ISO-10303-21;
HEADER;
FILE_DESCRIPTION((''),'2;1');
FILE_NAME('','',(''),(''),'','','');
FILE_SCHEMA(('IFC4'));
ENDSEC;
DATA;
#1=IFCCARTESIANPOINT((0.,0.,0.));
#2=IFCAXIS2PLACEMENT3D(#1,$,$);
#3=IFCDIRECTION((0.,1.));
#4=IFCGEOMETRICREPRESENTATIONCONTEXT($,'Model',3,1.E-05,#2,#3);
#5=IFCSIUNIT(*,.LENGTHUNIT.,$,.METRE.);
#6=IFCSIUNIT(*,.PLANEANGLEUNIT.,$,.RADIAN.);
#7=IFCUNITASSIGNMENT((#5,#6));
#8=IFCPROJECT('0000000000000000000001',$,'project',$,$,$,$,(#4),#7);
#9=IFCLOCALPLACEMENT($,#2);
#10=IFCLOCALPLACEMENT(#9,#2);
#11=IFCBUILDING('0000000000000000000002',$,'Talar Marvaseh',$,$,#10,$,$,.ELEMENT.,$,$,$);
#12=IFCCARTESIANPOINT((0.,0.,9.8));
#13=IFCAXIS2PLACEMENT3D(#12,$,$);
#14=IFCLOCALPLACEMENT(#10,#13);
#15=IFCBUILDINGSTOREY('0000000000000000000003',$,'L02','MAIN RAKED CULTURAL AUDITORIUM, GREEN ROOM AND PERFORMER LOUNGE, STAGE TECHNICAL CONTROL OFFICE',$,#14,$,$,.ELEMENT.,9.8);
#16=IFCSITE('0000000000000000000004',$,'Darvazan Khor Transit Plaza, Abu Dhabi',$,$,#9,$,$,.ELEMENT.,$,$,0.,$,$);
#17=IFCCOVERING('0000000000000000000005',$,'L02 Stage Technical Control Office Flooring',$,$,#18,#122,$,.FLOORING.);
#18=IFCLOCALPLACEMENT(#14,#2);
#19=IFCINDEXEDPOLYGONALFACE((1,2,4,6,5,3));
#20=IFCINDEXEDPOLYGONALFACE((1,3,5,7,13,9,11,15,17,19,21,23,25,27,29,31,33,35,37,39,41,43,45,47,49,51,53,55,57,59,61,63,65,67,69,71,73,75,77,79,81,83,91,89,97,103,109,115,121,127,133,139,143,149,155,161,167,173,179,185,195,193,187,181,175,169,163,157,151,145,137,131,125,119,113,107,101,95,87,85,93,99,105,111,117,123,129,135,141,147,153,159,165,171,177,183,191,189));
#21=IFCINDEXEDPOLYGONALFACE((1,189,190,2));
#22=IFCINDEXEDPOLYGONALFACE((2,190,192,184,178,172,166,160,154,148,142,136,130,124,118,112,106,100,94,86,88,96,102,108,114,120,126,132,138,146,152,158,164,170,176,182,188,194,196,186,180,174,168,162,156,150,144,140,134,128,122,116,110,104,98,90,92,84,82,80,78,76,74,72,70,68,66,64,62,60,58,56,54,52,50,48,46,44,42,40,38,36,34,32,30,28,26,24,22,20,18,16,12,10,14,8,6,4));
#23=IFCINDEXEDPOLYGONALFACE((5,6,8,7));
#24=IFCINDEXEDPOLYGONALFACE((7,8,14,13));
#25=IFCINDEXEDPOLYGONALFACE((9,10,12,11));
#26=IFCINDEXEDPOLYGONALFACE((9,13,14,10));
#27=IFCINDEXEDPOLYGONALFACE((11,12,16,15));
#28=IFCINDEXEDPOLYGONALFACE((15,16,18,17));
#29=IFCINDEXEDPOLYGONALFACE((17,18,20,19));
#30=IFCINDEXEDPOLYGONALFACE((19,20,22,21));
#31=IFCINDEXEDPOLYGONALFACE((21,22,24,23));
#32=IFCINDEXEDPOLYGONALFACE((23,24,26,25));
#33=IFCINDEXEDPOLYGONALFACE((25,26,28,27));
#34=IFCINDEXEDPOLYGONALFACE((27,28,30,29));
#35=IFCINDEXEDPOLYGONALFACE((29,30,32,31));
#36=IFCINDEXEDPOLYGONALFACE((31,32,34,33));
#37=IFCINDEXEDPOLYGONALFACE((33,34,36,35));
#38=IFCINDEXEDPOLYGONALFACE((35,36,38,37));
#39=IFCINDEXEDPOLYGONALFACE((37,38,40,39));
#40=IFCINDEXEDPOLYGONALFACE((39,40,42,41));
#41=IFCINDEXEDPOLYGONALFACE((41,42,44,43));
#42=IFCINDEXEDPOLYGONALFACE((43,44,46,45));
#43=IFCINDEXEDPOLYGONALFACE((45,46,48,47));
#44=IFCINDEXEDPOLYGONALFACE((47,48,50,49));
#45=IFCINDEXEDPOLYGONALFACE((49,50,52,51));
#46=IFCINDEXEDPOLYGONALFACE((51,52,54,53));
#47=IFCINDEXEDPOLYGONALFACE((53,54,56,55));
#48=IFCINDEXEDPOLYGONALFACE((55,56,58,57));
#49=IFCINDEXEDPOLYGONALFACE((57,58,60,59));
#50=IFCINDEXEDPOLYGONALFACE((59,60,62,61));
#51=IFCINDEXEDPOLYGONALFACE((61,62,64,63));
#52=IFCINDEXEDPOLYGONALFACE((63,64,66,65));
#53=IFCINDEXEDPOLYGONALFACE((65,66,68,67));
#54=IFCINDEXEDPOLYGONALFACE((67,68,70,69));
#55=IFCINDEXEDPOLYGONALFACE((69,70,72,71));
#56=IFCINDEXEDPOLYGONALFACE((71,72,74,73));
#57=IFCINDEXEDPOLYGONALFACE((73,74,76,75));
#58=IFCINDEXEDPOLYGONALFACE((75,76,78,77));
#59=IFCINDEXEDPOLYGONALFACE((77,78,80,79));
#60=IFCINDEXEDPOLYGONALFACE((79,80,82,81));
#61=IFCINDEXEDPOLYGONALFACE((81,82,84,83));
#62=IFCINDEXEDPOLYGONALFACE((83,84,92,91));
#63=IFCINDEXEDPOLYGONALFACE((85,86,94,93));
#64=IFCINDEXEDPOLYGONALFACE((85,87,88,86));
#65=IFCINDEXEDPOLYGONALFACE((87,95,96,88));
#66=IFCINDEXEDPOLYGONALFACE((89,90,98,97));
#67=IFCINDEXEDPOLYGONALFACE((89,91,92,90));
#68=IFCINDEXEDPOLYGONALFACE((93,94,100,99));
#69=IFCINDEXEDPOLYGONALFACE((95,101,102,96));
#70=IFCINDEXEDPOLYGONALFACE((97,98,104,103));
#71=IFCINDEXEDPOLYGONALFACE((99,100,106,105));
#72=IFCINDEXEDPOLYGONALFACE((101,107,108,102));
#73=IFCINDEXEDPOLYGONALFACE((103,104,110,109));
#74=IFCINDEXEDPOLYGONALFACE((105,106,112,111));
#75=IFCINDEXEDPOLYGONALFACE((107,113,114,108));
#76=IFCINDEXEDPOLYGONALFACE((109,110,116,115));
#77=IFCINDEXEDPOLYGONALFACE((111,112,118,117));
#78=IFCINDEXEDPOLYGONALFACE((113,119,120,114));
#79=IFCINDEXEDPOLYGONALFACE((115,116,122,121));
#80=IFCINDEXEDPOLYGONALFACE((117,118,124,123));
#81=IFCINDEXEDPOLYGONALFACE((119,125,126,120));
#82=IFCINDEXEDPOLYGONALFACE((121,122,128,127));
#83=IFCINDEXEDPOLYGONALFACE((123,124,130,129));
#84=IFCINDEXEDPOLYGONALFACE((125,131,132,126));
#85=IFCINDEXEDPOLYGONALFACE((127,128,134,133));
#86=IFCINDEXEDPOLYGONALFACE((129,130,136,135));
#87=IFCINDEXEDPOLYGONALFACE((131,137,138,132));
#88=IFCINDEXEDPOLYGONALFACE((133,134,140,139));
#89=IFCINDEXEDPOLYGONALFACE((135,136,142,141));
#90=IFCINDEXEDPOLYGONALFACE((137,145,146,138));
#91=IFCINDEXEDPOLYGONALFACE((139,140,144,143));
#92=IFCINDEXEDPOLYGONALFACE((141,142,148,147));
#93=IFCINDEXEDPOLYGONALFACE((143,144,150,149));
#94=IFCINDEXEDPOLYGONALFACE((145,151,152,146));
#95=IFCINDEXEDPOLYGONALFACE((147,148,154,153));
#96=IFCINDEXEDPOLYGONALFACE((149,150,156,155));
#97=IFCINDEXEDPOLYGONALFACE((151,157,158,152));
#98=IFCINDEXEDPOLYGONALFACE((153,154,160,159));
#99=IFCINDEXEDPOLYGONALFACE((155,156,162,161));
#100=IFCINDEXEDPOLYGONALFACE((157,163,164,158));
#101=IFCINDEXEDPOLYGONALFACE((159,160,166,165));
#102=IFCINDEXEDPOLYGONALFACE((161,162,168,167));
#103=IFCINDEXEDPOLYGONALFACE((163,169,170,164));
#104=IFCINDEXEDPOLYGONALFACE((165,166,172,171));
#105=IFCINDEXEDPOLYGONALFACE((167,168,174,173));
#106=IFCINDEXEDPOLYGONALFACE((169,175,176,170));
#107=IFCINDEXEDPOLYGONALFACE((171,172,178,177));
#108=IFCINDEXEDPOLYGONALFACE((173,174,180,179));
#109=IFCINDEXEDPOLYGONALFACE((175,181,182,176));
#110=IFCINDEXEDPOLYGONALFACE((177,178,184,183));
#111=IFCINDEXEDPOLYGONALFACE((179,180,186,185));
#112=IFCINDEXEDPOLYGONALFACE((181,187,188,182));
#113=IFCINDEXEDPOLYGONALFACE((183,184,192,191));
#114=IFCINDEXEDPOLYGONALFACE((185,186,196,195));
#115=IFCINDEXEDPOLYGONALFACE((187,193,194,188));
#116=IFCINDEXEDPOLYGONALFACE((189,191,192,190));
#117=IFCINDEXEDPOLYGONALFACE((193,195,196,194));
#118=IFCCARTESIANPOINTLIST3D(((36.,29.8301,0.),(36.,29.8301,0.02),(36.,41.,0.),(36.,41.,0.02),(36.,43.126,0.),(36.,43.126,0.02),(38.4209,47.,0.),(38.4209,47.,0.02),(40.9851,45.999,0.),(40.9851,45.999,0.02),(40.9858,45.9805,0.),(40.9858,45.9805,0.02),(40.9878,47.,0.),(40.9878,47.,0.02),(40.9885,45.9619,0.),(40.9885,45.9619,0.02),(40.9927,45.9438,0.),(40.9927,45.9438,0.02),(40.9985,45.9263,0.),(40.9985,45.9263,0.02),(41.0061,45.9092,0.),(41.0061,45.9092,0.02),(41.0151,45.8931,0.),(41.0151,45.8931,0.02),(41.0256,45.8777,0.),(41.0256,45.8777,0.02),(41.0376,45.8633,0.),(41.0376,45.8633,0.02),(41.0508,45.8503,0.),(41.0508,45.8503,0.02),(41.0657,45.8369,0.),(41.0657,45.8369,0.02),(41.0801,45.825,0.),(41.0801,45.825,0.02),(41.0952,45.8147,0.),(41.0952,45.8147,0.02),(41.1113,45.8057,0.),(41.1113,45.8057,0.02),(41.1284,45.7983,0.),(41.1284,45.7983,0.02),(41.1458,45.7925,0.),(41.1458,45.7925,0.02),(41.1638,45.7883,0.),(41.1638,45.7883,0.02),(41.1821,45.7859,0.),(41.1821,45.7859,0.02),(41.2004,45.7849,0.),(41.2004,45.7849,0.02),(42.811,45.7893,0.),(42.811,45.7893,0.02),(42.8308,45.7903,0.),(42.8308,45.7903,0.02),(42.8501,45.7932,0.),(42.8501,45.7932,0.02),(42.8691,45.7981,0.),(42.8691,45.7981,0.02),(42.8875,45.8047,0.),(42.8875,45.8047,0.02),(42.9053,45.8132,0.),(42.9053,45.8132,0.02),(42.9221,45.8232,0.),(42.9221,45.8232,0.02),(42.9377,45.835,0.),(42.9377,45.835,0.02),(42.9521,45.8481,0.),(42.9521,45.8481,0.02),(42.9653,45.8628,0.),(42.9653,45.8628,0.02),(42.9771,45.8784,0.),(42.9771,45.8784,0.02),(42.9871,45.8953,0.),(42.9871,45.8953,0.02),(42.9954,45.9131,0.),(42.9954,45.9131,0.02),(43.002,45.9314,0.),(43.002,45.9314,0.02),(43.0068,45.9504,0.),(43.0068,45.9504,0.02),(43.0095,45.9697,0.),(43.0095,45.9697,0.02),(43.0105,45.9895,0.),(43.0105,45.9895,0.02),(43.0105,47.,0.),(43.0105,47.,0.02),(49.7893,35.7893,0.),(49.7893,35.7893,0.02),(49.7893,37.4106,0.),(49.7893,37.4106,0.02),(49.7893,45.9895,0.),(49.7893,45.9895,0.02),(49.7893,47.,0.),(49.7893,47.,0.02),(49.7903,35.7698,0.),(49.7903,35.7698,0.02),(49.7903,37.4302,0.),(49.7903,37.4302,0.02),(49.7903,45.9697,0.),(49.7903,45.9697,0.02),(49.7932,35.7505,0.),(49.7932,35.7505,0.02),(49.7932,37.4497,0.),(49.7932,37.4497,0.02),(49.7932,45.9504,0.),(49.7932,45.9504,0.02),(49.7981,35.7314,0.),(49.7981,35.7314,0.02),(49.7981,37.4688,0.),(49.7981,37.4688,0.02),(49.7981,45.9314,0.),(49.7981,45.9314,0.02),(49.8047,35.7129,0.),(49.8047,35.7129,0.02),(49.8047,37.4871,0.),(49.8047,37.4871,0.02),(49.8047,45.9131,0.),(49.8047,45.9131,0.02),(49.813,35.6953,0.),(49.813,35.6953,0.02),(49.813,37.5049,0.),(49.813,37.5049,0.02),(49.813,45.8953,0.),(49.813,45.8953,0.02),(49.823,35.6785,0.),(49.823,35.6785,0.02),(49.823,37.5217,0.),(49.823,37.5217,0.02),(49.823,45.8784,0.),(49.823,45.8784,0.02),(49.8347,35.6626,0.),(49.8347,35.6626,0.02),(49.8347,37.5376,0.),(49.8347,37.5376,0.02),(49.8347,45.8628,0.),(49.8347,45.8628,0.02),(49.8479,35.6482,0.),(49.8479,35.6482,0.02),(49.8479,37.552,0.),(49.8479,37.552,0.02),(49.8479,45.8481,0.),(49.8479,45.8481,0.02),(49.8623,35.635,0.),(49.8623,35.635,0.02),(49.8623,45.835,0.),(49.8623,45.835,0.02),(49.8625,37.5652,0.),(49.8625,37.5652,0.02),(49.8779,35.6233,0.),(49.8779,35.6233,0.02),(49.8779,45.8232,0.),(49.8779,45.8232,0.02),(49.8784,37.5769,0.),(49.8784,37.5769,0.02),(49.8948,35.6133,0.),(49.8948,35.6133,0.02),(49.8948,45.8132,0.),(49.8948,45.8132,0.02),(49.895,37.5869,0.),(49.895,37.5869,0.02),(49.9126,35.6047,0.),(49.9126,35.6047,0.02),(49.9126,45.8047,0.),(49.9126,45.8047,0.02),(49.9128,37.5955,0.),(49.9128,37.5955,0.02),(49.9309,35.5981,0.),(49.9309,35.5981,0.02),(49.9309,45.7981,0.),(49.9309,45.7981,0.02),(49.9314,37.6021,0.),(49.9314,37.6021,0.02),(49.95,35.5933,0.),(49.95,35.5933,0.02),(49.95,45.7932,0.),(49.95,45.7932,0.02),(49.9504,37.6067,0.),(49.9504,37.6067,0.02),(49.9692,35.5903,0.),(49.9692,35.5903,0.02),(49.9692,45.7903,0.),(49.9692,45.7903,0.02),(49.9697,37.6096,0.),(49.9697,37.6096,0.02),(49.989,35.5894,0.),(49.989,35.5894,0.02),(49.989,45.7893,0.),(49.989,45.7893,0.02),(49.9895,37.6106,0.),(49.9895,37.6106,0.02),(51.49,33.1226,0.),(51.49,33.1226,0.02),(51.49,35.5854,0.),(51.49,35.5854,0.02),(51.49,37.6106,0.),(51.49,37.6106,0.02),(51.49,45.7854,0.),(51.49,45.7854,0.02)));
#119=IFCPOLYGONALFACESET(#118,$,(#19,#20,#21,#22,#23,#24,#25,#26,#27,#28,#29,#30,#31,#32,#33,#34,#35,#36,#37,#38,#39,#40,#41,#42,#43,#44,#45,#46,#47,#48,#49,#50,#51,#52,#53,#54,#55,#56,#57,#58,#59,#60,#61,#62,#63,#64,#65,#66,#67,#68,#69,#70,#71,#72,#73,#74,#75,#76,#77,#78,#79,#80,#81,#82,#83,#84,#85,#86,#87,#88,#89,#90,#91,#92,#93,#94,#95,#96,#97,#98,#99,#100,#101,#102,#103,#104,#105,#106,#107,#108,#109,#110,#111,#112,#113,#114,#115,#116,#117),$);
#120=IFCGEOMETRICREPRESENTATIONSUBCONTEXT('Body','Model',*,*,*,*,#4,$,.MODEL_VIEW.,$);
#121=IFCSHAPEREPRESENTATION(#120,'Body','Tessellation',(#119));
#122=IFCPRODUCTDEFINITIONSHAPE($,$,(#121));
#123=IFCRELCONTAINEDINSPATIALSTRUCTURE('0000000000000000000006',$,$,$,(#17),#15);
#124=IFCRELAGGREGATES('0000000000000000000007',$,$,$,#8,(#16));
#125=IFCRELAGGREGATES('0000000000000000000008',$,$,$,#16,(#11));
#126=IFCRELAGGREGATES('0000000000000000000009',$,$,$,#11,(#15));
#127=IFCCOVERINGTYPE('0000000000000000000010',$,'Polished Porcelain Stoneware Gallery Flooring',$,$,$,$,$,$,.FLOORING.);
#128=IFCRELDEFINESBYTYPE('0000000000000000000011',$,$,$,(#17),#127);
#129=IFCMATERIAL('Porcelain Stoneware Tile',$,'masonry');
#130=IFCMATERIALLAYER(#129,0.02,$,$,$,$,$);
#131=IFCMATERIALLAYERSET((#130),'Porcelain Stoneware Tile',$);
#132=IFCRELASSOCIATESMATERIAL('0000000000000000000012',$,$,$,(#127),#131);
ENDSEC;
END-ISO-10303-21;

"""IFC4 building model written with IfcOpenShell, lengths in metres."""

from ifc_helpers import new_model, si_unit, direction, frame, origin, place, context, subcontext, project, spatial, polyline, outline, extrude, material, layer, layer_set, type_object, element, save


model = new_model("IFC4")

# Units and contexts
model_context = context("Model", 3, precision=1e-05, world=origin(), true_north=direction((0.0, 1.0)))
body_context = subcontext(model_context, "Body", "Model", "MODEL_VIEW")
ifc_project = project(units=[si_unit("LENGTHUNIT", "METRE"), si_unit("PLANEANGLEUNIT", "RADIAN")], contexts=[model_context])

# Site, building, storey
site_placement = place(None, origin())
site = spatial("IfcSite", under=ifc_project, at=site_placement, Name="Darvazan Khor Transit Plaza, Abu Dhabi", CompositionType="ELEMENT", RefElevation=0.0)
building_placement = place(site_placement, origin())
building = spatial("IfcBuilding", under=site, at=building_placement, Name="Talar Marvaseh", CompositionType="ELEMENT")
storey_placement = place(building_placement, frame((0.0, 0.0, 9.8)))
storey = spatial("IfcBuildingStorey", under=building, at=storey_placement, Name="L02", Description="MAIN RAKED CULTURAL AUDITORIUM, GREEN ROOM AND PERFORMER LOUNGE, STAGE TECHNICAL CONTROL OFFICE", CompositionType="ELEMENT", Elevation=9.8)

# Covering
ifc_material_1 = material(Name="Porcelain Stoneware Tile", Category="masonry")
ifc_layer_1 = layer(ifc_material_1, 0.02)
ifc_layer_set_1 = layer_set([ifc_layer_1], Name="Porcelain Stoneware Tile")
covering_type_1 = type_object("IfcCoveringType", Name="Polished Porcelain Stoneware Gallery Flooring", PredefinedType="FLOORING", material=ifc_layer_set_1)
covering_1_placement = place(storey_placement, origin())
element("IfcCovering", 1, at=covering_1_placement, inside=storey, type_object=covering_type_1, Name="L02 Stage Technical Control Office Flooring", PredefinedType="FLOORING", context=body_context, shape_type="SweptSolid", body=[
    extrude(outline(polyline([(36.0, 43.126), (38.4209, 47.0), (40.9878, 47.0), (40.9851, 45.999), (40.9858, 45.9805), (40.9885, 45.9619), (40.9927, 45.9438), (40.9985, 45.9263), (41.0061, 45.9092), (41.0151, 45.8931), (41.0256, 45.8777), (41.0376, 45.8633), (41.0508, 45.8503), (41.0657, 45.8369), (41.0801, 45.825), (41.0952, 45.8147), (41.1113, 45.8057), (41.1284, 45.7983), (41.1458, 45.7925), (41.1638, 45.7883), (41.1821, 45.7859), (41.2004, 45.7849), (42.811, 45.7893), (42.8308, 45.7903), (42.8501, 45.7932), (42.8691, 45.7981), (42.8875, 45.8047), (42.9053, 45.8132), (42.9221, 45.8232), (42.9377, 45.835), (42.9521, 45.8481), (42.9653, 45.8628), (42.9771, 45.8784), (42.9871, 45.8953), (42.9954, 45.9131), (43.002, 45.9314), (43.0068, 45.9504), (43.0095, 45.9697), (43.0105, 45.9895), (43.0105, 47.0), (49.7893, 47.0), (49.7893, 45.9895), (49.7903, 45.9697), (49.7932, 45.9504), (49.7981, 45.9314), (49.8047, 45.9131), (49.813, 45.8953), (49.823, 45.8784), (49.8347, 45.8628), (49.8479, 45.8481), (49.8623, 45.835), (49.8779, 45.8232), (49.8948, 45.8132), (49.9126, 45.8047), (49.9309, 45.7981), (49.95, 45.7932), (49.9692, 45.7903), (49.989, 45.7893), (51.49, 45.7854), (51.49, 37.6106), (49.9895, 37.6106), (49.9697, 37.6096), (49.9504, 37.6067), (49.9314, 37.6021), (49.9128, 37.5955), (49.895, 37.5869), (49.8784, 37.5769), (49.8625, 37.5652), (49.8479, 37.552), (49.8347, 37.5376), (49.823, 37.5217), (49.813, 37.5049), (49.8047, 37.4871), (49.7981, 37.4688), (49.7932, 37.4497), (49.7903, 37.4302), (49.7893, 37.4106), (49.7893, 35.7893), (49.7903, 35.7698), (49.7932, 35.7505), (49.7981, 35.7314), (49.8047, 35.7129), (49.813, 35.6953), (49.823, 35.6785), (49.8347, 35.6626), (49.8479, 35.6482), (49.8623, 35.635), (49.8779, 35.6233), (49.8948, 35.6133), (49.9126, 35.6047), (49.9309, 35.5981), (49.95, 35.5933), (49.9692, 35.5903), (49.989, 35.5894), (51.49, 35.5854), (51.49, 33.1226), (36.0, 29.8301), (36.0, 41.0), (36.0, 43.126)])), origin(), (0.0, 0.0, 1.0), 0.02),
])

save(model, "model.ifc")
